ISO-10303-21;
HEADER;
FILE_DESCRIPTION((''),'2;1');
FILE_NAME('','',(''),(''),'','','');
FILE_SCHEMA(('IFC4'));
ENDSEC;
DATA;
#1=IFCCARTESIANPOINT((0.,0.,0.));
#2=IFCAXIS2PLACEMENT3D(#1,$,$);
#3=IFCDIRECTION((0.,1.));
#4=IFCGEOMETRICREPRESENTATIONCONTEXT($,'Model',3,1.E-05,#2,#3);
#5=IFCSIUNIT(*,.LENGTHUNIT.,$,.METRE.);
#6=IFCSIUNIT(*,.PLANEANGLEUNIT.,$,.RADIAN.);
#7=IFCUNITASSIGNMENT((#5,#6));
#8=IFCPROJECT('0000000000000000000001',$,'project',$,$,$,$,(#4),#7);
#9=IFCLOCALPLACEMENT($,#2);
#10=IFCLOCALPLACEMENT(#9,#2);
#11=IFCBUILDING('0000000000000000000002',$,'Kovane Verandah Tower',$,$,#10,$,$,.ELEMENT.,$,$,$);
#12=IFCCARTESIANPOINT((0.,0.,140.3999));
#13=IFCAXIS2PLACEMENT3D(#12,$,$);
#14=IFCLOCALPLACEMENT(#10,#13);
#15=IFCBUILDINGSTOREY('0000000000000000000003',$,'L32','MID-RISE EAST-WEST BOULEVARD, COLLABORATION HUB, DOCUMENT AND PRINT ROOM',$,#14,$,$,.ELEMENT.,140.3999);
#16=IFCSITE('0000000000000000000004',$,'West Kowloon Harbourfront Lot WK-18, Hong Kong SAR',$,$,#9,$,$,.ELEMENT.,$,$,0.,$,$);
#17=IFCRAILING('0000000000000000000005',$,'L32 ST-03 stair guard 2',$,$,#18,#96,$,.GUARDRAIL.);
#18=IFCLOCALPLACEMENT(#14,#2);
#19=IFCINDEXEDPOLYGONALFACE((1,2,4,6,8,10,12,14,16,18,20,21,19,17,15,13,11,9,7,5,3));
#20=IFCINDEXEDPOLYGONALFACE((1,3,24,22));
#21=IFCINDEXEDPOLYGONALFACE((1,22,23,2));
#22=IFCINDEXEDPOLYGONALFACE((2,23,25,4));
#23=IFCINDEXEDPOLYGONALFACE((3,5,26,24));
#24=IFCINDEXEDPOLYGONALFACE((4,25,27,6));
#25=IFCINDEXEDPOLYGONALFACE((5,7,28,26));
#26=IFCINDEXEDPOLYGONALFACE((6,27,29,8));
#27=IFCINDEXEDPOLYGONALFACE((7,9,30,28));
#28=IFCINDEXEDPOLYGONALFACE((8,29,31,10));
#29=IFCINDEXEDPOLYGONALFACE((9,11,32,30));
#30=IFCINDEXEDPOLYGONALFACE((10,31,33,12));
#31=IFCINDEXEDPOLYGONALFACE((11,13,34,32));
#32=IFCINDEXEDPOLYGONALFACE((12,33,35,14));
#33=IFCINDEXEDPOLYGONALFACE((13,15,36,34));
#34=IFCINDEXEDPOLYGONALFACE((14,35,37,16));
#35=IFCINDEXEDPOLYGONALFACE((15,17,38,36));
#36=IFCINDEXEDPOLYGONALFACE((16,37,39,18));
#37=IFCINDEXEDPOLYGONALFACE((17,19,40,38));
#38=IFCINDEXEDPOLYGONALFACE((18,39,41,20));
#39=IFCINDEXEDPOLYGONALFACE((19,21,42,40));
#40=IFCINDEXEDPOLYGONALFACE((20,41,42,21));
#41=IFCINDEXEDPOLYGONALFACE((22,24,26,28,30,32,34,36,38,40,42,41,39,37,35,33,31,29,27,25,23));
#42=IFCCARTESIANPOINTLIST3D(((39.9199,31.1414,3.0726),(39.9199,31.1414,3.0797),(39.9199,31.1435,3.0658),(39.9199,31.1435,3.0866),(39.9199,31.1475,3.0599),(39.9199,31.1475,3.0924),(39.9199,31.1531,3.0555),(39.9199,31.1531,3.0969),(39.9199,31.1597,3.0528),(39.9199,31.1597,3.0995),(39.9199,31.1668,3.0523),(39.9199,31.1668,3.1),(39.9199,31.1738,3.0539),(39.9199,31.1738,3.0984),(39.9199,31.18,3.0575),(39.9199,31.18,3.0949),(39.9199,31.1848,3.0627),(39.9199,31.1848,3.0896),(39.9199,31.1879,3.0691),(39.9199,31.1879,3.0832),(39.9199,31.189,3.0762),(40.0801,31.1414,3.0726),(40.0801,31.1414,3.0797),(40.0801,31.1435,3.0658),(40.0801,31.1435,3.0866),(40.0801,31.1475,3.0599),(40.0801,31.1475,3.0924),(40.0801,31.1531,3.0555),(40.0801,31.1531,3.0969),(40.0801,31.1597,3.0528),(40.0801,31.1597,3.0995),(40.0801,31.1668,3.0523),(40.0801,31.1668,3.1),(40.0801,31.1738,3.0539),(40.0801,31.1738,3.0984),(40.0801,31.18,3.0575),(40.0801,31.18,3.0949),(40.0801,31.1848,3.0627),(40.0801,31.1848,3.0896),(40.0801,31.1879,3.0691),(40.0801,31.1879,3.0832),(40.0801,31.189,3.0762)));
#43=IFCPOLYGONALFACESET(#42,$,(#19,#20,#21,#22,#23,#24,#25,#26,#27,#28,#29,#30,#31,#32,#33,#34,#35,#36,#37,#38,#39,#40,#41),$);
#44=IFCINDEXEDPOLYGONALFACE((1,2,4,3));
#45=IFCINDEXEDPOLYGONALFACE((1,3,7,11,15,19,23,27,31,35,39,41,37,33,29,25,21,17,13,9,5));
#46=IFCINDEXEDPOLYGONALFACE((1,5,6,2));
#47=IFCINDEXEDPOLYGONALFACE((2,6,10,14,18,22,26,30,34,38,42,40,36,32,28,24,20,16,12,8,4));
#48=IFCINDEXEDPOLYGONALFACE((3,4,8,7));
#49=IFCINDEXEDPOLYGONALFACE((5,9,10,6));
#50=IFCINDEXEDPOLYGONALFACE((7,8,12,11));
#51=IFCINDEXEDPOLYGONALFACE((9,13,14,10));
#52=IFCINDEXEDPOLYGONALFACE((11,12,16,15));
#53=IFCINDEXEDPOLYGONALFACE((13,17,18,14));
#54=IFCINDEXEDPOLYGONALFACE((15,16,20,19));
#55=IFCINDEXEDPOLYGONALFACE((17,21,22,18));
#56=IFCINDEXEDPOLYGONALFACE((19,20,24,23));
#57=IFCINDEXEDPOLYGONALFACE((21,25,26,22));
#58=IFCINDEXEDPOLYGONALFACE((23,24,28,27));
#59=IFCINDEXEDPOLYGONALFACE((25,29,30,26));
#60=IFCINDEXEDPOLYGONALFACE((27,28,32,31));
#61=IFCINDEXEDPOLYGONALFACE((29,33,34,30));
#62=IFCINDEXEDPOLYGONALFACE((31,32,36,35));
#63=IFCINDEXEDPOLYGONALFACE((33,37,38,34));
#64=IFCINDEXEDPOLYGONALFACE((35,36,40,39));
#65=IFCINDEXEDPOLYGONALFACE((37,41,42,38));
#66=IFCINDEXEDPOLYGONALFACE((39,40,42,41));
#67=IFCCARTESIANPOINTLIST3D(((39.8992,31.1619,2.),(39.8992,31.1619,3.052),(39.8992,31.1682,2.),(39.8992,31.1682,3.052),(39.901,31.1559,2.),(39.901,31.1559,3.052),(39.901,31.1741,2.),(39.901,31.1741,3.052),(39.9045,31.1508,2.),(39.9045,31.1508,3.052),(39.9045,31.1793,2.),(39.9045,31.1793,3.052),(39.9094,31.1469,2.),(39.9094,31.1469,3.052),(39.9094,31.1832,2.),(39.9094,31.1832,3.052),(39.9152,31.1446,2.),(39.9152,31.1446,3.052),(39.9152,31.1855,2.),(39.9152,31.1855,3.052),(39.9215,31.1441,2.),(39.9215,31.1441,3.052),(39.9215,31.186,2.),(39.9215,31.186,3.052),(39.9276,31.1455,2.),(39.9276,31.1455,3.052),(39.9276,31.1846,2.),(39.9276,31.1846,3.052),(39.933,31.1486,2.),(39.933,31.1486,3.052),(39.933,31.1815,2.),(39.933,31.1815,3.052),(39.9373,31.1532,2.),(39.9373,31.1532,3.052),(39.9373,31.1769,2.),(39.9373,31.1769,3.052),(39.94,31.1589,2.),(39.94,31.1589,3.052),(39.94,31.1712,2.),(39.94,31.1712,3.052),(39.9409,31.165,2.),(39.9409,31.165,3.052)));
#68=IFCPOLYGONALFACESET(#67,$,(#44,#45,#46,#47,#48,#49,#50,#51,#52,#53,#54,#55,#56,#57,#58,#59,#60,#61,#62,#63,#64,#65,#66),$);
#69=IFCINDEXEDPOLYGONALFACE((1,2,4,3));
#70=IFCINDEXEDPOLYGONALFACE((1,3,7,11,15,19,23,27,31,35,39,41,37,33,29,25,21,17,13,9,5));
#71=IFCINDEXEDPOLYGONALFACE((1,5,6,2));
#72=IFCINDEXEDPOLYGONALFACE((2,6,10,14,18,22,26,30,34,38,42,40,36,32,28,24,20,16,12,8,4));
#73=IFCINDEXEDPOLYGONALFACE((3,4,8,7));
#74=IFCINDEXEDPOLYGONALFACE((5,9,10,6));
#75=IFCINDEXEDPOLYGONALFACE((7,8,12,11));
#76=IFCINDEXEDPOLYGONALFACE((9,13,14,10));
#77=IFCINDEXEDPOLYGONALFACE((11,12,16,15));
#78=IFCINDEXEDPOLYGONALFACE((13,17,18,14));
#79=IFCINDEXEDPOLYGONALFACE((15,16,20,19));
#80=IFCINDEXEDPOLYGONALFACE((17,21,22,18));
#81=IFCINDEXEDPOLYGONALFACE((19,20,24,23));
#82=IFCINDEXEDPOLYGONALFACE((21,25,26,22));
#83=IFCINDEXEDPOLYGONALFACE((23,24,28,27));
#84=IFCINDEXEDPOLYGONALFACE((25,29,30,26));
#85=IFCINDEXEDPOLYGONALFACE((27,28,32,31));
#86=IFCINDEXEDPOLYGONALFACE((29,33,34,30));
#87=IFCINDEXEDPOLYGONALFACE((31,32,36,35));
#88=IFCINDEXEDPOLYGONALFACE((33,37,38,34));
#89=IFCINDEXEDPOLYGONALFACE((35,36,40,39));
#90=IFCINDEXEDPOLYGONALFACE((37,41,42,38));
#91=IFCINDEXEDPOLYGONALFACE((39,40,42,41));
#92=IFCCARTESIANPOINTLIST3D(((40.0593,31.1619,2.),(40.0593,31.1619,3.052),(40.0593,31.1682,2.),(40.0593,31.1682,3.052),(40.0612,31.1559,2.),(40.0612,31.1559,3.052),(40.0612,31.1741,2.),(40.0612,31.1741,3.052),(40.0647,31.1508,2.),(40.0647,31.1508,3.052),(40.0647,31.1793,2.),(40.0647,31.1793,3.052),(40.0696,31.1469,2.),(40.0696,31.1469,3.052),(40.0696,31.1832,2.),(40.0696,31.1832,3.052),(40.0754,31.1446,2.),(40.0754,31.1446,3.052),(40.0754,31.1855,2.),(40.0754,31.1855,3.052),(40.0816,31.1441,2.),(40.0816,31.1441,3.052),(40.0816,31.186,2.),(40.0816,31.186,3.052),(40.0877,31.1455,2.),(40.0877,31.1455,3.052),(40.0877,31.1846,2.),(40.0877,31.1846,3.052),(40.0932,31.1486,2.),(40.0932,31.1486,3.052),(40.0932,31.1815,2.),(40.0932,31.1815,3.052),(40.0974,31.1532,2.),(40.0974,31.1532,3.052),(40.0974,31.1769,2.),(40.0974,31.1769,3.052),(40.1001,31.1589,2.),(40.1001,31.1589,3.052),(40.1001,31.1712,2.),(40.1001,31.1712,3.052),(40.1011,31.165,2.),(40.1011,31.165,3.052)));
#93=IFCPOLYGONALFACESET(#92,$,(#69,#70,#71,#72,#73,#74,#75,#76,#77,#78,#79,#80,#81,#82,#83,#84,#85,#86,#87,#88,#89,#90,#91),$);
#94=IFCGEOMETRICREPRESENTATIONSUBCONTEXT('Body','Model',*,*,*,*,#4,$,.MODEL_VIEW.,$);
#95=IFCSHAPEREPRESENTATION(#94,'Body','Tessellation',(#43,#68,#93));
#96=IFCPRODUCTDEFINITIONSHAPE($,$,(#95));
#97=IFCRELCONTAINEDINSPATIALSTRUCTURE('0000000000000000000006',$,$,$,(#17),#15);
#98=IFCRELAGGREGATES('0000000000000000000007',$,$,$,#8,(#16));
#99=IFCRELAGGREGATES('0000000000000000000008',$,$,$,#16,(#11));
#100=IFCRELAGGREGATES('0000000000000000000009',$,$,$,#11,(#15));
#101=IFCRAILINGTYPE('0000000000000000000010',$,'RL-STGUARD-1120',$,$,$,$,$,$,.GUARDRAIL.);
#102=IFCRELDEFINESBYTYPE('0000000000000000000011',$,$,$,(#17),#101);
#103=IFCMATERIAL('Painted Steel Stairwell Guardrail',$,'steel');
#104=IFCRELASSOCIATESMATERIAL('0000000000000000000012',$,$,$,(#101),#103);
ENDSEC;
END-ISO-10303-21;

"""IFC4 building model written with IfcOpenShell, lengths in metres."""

from ifc_helpers import new_model, si_unit, direction, frame, origin, origin_2d, place, context, subcontext, project, spatial, circle, extrude, material, type_object, element, save


model = new_model("IFC4")

# Units and contexts
model_context = context("Model", 3, precision=1e-05, world=origin(), true_north=direction((0.0, 1.0)))
body_context = subcontext(model_context, "Body", "Model", "MODEL_VIEW")
ifc_project = project(units=[si_unit("LENGTHUNIT", "METRE"), si_unit("PLANEANGLEUNIT", "RADIAN")], contexts=[model_context])

# Site, building, storey
site_placement = place(None, origin())
site = spatial("IfcSite", under=ifc_project, at=site_placement, Name="West Kowloon Harbourfront Lot WK-18, Hong Kong SAR", CompositionType="ELEMENT", RefElevation=0.0)
building_placement = place(site_placement, origin())
building = spatial("IfcBuilding", under=site, at=building_placement, Name="Kovane Verandah Tower", CompositionType="ELEMENT")
storey_placement = place(building_placement, frame((0.0, 0.0, 140.3999)))
storey = spatial("IfcBuildingStorey", under=building, at=storey_placement, Name="L32", Description="MID-RISE EAST-WEST BOULEVARD, COLLABORATION HUB, DOCUMENT AND PRINT ROOM", CompositionType="ELEMENT", Elevation=140.3999)

# Railing
ifc_material_1 = material(Name="Painted Steel Stairwell Guardrail", Category="steel")
railing_type_1 = type_object("IfcRailingType", Name="RL-STGUARD-1120", PredefinedType="GUARDRAIL", material=ifc_material_1)
railing_1_placement = place(storey_placement, frame((39.9199, 31.165, 2.0)))
element("IfcRailing", 1, at=railing_1_placement, inside=storey, type_object=railing_type_1, Name="L32 ST-03 stair guard 2", PredefinedType="GUARDRAIL", context=body_context, shape_type="SweptSolid", body=[
    extrude(circle(Radius=0.0239, at=origin_2d()), frame((0.0, 0.0, 1.0762), z_axis=(1.0, 0.0, 0.0), x_axis=(0.0, 1.0, 0.0)), (0.0, 0.0, 1.0), 0.1602),
    extrude(circle(Radius=0.021, at=origin_2d()), origin(), (0.0, 0.0, 1.0), 1.052),
    extrude(circle(Radius=0.021, at=origin_2d()), frame((0.1602, 0.0, 0.0)), (0.0, 0.0, 1.0), 1.052),
])

save(model, "model.ifc")
